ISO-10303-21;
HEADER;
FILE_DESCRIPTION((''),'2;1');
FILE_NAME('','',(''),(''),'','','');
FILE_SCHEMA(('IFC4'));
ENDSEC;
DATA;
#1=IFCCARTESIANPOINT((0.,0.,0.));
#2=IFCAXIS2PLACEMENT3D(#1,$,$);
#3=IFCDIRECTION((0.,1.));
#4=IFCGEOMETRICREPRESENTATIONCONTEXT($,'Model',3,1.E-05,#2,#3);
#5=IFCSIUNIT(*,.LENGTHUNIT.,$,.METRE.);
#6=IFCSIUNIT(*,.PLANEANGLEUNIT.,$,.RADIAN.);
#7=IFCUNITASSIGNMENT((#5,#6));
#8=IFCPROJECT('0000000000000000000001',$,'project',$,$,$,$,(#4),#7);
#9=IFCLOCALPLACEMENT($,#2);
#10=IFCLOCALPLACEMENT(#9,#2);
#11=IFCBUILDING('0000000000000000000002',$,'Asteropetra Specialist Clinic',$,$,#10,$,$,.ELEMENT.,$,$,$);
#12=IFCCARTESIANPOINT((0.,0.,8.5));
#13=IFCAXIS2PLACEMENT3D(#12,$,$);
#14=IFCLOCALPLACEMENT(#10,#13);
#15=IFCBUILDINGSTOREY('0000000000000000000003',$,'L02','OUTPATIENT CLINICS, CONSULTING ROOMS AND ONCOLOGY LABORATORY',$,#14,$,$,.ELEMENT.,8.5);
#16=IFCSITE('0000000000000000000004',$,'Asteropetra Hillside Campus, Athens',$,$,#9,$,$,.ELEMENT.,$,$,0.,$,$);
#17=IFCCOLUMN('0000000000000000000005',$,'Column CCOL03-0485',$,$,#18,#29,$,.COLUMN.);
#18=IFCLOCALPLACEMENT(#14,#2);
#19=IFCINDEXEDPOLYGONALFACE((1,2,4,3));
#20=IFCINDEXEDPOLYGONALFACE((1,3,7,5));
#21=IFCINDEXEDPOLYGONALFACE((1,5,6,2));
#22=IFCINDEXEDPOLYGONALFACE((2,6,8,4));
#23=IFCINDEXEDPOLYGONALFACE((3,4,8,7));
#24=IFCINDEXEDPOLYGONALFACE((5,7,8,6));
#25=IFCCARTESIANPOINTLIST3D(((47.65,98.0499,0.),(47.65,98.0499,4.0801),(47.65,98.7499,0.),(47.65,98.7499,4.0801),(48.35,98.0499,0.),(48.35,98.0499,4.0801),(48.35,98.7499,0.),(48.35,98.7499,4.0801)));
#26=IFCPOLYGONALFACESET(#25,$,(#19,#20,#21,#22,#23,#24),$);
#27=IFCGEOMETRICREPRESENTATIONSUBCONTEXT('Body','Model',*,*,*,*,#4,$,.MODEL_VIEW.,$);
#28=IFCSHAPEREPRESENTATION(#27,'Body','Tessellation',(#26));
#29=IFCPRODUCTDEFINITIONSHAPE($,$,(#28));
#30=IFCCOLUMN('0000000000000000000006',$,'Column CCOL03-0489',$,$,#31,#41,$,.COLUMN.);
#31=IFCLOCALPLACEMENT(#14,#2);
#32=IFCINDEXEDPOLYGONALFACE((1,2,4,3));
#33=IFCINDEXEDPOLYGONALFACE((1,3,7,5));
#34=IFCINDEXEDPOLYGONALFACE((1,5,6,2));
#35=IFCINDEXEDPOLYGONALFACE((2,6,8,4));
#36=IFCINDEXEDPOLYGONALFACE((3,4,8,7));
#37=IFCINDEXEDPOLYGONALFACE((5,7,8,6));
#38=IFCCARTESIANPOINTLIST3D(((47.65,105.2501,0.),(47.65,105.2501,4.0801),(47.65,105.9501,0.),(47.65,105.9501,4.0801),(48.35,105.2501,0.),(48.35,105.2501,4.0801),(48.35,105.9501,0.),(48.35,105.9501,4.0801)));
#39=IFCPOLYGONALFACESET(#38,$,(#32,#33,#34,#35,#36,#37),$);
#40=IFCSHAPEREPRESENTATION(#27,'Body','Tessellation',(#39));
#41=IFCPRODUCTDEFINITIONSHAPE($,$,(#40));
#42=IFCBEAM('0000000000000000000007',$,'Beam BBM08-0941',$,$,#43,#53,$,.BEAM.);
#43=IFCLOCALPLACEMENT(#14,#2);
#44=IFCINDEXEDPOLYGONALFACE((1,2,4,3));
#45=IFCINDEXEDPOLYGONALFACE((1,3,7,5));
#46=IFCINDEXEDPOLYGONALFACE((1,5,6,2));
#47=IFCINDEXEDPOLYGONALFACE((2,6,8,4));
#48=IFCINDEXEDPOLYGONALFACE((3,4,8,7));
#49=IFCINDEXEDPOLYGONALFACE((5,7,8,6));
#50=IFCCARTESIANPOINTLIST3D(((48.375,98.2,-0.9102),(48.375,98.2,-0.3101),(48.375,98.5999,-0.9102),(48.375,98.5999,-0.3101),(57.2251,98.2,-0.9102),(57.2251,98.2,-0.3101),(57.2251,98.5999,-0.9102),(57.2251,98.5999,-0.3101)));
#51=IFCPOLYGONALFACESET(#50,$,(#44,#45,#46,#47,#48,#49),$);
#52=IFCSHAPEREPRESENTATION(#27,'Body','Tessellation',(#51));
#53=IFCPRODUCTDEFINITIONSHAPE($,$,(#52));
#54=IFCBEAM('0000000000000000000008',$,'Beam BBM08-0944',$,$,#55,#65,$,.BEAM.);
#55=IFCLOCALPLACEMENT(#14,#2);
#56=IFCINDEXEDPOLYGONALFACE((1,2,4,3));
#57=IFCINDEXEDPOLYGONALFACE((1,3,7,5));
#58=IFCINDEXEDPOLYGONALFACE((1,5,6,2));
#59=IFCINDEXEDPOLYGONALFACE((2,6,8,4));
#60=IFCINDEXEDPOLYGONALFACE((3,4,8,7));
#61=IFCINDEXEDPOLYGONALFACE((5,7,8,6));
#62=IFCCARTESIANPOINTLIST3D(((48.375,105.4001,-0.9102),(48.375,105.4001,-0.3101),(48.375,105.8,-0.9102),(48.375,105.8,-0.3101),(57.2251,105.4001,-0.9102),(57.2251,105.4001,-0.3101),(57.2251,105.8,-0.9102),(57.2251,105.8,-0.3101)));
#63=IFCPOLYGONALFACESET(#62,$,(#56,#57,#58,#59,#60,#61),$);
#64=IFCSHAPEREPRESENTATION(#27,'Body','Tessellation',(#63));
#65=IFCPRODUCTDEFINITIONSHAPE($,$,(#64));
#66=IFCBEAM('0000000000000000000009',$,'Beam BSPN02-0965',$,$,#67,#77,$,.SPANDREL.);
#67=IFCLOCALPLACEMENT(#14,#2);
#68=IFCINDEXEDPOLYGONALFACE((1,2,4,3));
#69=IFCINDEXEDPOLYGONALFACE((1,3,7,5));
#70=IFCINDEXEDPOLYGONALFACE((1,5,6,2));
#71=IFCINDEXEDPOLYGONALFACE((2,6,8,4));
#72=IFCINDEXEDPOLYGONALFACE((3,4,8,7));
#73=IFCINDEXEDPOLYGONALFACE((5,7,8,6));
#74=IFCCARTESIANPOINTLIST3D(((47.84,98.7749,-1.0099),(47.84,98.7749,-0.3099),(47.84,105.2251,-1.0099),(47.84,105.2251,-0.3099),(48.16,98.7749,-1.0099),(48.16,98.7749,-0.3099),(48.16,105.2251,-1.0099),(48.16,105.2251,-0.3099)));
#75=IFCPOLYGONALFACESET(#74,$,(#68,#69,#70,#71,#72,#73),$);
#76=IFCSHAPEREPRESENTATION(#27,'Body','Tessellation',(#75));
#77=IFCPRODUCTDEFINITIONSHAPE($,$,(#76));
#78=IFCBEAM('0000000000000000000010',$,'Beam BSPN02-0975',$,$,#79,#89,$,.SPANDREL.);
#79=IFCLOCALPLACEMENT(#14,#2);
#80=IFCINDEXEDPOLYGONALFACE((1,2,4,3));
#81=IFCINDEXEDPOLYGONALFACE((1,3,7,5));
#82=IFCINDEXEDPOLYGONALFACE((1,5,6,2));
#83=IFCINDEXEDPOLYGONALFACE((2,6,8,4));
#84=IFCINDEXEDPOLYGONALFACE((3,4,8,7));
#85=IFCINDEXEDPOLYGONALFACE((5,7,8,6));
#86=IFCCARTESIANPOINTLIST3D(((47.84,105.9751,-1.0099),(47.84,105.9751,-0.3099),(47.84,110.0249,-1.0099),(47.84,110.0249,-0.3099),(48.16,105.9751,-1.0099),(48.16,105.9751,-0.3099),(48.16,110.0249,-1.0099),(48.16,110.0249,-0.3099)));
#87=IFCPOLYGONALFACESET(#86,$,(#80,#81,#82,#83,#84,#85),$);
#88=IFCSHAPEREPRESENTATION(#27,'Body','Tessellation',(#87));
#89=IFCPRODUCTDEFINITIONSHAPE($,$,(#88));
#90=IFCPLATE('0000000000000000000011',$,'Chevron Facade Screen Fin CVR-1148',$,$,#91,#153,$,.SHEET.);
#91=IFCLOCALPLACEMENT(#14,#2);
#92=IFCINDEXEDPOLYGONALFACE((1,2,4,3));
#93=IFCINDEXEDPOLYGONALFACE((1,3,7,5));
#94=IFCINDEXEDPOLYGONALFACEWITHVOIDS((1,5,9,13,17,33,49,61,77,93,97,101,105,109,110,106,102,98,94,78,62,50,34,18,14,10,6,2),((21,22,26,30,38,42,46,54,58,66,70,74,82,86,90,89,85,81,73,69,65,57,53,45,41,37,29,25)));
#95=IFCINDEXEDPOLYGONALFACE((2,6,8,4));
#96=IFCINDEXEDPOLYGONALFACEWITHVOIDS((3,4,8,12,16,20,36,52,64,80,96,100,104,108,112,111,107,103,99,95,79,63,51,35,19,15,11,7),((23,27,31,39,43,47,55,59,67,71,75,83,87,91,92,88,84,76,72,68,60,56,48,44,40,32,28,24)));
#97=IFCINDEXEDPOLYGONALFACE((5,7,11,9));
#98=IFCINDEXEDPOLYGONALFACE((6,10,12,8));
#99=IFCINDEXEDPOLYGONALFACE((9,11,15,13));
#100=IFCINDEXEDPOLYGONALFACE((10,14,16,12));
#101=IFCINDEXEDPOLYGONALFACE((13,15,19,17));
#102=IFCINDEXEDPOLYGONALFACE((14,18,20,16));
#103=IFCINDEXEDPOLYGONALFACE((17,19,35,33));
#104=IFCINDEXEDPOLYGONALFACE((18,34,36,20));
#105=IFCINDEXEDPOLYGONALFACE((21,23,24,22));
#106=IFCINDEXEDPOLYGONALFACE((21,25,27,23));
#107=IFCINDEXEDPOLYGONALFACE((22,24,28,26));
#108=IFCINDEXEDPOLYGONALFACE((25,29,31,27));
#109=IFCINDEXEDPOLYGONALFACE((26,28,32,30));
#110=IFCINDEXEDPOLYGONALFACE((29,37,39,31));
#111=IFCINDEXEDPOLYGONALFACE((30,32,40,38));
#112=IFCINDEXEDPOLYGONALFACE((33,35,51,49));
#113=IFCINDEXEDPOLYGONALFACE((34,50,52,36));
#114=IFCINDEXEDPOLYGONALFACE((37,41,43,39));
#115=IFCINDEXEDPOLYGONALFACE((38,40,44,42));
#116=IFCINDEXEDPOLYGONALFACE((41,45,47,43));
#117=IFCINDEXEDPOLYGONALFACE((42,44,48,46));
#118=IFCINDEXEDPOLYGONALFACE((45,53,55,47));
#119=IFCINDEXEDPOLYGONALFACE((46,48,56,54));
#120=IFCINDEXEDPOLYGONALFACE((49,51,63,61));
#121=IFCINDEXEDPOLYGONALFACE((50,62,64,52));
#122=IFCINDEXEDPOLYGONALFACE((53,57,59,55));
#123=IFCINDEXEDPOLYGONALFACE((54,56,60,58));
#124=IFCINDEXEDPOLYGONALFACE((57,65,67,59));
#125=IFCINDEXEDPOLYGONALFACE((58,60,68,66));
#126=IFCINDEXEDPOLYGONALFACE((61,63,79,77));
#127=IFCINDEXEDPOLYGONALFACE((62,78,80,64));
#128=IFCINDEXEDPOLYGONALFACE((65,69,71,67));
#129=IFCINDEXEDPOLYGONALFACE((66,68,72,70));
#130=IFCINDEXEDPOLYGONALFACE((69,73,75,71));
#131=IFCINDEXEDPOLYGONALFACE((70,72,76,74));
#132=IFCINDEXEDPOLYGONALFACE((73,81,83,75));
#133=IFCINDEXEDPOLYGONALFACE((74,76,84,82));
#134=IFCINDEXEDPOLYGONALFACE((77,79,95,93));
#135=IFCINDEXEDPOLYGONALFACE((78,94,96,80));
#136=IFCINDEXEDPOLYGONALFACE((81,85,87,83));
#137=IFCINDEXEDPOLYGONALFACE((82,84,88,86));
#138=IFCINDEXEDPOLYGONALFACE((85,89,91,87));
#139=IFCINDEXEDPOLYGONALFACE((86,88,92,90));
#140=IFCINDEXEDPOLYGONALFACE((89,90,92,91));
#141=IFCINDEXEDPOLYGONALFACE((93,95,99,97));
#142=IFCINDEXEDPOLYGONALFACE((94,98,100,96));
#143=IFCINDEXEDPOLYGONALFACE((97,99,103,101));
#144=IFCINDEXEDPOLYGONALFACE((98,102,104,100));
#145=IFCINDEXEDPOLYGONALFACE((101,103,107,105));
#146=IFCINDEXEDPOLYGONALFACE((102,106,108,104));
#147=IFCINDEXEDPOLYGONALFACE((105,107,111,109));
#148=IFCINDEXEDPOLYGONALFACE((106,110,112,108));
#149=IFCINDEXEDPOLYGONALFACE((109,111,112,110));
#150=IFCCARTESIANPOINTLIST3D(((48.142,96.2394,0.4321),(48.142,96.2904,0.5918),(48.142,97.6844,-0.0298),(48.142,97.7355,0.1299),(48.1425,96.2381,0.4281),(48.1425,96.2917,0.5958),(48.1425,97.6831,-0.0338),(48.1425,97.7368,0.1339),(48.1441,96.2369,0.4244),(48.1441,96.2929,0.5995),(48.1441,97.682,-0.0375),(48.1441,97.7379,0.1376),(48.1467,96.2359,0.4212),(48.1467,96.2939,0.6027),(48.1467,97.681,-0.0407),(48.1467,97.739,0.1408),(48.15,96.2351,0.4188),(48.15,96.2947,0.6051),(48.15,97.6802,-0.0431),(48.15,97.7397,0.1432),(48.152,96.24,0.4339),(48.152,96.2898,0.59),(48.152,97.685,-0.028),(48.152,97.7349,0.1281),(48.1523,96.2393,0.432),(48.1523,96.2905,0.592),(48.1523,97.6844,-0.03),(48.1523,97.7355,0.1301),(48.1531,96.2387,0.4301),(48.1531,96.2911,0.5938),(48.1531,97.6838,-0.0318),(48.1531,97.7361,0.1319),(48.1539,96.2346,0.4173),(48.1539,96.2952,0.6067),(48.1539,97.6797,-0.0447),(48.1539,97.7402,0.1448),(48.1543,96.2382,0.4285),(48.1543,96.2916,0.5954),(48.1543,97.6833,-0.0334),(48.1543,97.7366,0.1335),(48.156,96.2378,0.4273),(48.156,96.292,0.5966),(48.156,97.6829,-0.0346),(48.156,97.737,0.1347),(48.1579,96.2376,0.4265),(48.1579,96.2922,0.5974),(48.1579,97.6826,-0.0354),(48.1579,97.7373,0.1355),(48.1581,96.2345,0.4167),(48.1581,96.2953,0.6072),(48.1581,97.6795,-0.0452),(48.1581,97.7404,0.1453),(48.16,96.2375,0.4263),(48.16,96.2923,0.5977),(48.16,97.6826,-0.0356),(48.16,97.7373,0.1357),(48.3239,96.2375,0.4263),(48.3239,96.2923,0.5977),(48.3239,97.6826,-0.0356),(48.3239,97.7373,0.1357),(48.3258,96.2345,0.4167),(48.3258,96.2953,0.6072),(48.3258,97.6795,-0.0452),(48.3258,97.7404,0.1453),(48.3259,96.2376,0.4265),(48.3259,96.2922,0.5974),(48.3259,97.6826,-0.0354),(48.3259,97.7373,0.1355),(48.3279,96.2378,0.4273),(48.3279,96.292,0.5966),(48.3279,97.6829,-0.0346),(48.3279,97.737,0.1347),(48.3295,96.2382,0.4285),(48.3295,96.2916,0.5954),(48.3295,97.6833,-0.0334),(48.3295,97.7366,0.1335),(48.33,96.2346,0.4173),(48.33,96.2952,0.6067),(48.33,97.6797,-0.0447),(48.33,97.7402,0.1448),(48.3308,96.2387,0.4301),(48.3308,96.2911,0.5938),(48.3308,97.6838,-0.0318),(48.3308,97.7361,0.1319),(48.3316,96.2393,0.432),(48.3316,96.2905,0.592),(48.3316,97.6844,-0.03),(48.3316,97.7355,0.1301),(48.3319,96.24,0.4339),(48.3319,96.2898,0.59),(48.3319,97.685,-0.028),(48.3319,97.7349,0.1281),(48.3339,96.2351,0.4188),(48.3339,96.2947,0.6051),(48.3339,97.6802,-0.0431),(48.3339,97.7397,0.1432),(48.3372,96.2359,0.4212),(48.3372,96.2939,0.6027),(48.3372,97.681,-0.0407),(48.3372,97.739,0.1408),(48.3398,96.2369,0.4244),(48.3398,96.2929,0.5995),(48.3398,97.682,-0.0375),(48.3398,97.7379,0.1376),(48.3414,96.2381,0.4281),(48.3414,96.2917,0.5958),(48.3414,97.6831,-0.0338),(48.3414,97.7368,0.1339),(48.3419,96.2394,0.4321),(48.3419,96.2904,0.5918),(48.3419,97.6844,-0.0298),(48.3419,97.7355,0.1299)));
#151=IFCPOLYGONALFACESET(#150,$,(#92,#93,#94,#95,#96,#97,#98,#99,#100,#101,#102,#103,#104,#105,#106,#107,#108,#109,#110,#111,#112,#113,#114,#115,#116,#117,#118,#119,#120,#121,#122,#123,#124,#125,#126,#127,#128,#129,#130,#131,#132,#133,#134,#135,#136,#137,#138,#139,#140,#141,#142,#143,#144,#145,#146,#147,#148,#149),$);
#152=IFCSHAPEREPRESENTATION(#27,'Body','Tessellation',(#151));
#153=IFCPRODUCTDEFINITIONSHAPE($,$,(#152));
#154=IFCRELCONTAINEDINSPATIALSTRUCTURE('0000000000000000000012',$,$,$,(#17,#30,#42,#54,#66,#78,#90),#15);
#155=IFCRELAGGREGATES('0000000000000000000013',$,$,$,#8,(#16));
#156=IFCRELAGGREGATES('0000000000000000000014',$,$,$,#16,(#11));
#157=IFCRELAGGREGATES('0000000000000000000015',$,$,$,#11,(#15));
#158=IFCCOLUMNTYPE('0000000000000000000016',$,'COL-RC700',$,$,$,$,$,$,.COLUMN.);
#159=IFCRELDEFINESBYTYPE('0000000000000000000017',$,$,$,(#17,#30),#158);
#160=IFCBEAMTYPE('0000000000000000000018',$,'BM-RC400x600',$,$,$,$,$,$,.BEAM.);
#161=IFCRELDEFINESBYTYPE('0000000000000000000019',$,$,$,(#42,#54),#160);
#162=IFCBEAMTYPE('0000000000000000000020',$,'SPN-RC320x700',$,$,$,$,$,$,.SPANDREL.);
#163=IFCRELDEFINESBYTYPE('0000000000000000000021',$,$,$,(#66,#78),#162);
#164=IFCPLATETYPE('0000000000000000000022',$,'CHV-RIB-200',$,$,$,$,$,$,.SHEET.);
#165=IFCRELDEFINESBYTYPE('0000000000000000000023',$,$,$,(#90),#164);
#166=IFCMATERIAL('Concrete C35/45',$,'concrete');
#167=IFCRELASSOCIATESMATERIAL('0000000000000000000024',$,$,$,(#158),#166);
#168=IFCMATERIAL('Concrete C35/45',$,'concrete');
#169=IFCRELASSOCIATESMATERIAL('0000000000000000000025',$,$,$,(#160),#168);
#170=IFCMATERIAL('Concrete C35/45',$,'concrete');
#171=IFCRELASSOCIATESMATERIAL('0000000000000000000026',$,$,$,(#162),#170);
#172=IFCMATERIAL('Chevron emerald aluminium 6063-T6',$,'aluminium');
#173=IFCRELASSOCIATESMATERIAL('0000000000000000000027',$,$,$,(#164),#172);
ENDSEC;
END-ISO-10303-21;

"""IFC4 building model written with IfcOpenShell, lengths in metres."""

from ifc_helpers import new_model, si_unit, direction, frame, origin, origin_2d, place, context, subcontext, project, spatial, rectangle, hollow_rectangle, extrude, material, material_profile, profile_set, type_object, element, save


model = new_model("IFC4")

# Units and contexts
model_context = context("Model", 3, precision=1e-05, world=origin(), true_north=direction((0.0, 1.0)))
body_context = subcontext(model_context, "Body", "Model", "MODEL_VIEW")
ifc_project = project(units=[si_unit("LENGTHUNIT", "METRE"), si_unit("PLANEANGLEUNIT", "RADIAN")], contexts=[model_context])

# Site, building, storey
site_placement = place(None, origin())
site = spatial("IfcSite", under=ifc_project, at=site_placement, Name="Asteropetra Hillside Campus, Athens", CompositionType="ELEMENT", RefElevation=0.0)
building_placement = place(site_placement, origin())
building = spatial("IfcBuilding", under=site, at=building_placement, Name="Asteropetra Specialist Clinic", CompositionType="ELEMENT")
storey_placement = place(building_placement, frame((0.0, 0.0, 8.5)))
storey = spatial("IfcBuildingStorey", under=building, at=storey_placement, Name="L02", Description="OUTPATIENT CLINICS, CONSULTING ROOMS AND ONCOLOGY LABORATORY", CompositionType="ELEMENT", Elevation=8.5)

# Columns
ifc_material_1 = material(Name="Concrete C35/45", Category="concrete")
ifc_material_profile_1 = material_profile(ifc_material_1, rectangle(XDim=0.7, YDim=0.7, at=origin_2d()), Name="RC 700x700")
ifc_profile_set_1 = profile_set([ifc_material_profile_1], Name="Concrete C35/45")
column_type = type_object("IfcColumnType", Name="COL-RC700", PredefinedType="COLUMN", material=ifc_profile_set_1)
for number, where, z_axis, x_axis, name in (
    (1, (48.0, 98.3999, 0.0), (0.0, 0.0, 1.0), (1.0, 0.0, 0.0), "Column CCOL03-0485"),
    (2, (48.0, 105.6001, 0.0), (0.0, 0.0, 1.0), (1.0, 0.0, 0.0), "Column CCOL03-0489"),
):
    element("IfcColumn", number, at=place(storey_placement, frame(where, z_axis=z_axis, x_axis=x_axis)), inside=storey, type_object=column_type, Name=name, PredefinedType="COLUMN", context=body_context, shape_type="SweptSolid", body=[
        extrude(rectangle(XDim=0.7, YDim=0.7, at=origin_2d()), origin(), (0.0, 0.0, 1.0), 4.0801),
    ])

# Beams
ifc_material_2 = material(Name="Concrete C35/45", Category="concrete")
ifc_material_profile_2 = material_profile(ifc_material_2, rectangle(XDim=0.3999, YDim=0.6001, at=origin_2d()), Name="RCB 400x600")
ifc_profile_set_2 = profile_set([ifc_material_profile_2], Name="Concrete C35/45")
beam_type_1 = type_object("IfcBeamType", Name="BM-RC400x600", PredefinedType="BEAM", material=ifc_profile_set_2)
for number, where, z_axis, x_axis, name in (
    (3, (48.375, 98.3999, -0.6101), (1.0, 0.0, 0.0), (0.0, 1.0, 0.0), "Beam BBM08-0941"),
    (4, (48.375, 105.6001, -0.6101), (1.0, 0.0, 0.0), (0.0, 1.0, 0.0), "Beam BBM08-0944"),
):
    element("IfcBeam", number, at=place(storey_placement, frame(where, z_axis=z_axis, x_axis=x_axis)), inside=storey, type_object=beam_type_1, Name=name, PredefinedType="BEAM", context=body_context, shape_type="SweptSolid", body=[
        extrude(rectangle(XDim=0.3999, YDim=0.6001, at=origin_2d()), origin(), (0.0, 0.0, 1.0), 8.8501),
    ])
ifc_material_3 = material(Name="Concrete C35/45", Category="concrete")
ifc_material_profile_3 = material_profile(ifc_material_3, rectangle(XDim=0.3201, YDim=0.7, at=origin_2d()), Name="RCS 320x700")
ifc_profile_set_3 = profile_set([ifc_material_profile_3], Name="Concrete C35/45")
beam_type_2 = type_object("IfcBeamType", Name="SPN-RC320x700", PredefinedType="SPANDREL", material=ifc_profile_set_3)
beam_1_placement = place(storey_placement, frame((48.0, 98.7749, -0.6599), z_axis=(0.0, 1.0, 0.0), x_axis=(-1.0, 0.0, 0.0)))
element("IfcBeam", 5, at=beam_1_placement, inside=storey, type_object=beam_type_2, Name="Beam BSPN02-0965", PredefinedType="SPANDREL", context=body_context, shape_type="SweptSolid", body=[
    extrude(rectangle(XDim=0.3201, YDim=0.7, at=origin_2d()), origin(), (0.0, 0.0, 1.0), 6.4502),
])
beam_2_placement = place(storey_placement, frame((48.0, 105.9751, -0.6599), z_axis=(0.0, 1.0, 0.0), x_axis=(-1.0, 0.0, 0.0)))
element("IfcBeam", 6, at=beam_2_placement, inside=storey, type_object=beam_type_2, Name="Beam BSPN02-0975", PredefinedType="SPANDREL", context=body_context, shape_type="SweptSolid", body=[
    extrude(rectangle(XDim=0.3201, YDim=0.7, at=origin_2d()), origin(), (0.0, 0.0, 1.0), 4.0498),
])

# Plate
ifc_material_4 = material(Name="Chevron emerald aluminium 6063-T6", Category="aluminium")
ifc_material_profile_4 = material_profile(ifc_material_4, hollow_rectangle(XDim=0.2, YDim=0.2, WallThickness=0.01, InnerFilletRadius=0.0081, OuterFilletRadius=0.0161, at=origin_2d()), Name="SHS 200x200x10.0")
ifc_profile_set_4 = profile_set([ifc_material_profile_4], Name="Chevron emerald aluminium 6063-T6")
plate_type_1 = type_object("IfcPlateType", Name="CHV-RIB-200", PredefinedType="SHEET", material=ifc_profile_set_4)
for number, where, z_axis, x_axis, name in (
    (7, (48.2419, 96.2649, 0.512), (0.0, 0.952521, -0.304472), (-1.0, 0.0, 0.0), "Chevron Facade Screen Fin CVR-1148"),
):
    element("IfcPlate", number, at=place(storey_placement, frame(where, z_axis=z_axis, x_axis=x_axis)), inside=storey, type_object=plate_type_1, Name=name, PredefinedType="SHEET", context=body_context, shape_type="SweptSolid", body=[
        extrude(hollow_rectangle(XDim=0.2, YDim=0.2, WallThickness=0.01, InnerFilletRadius=0.0081, OuterFilletRadius=0.0161, at=origin_2d()), origin(), (0.0, 0.0, 1.0), 1.5171),
    ])

save(model, "model.ifc")
